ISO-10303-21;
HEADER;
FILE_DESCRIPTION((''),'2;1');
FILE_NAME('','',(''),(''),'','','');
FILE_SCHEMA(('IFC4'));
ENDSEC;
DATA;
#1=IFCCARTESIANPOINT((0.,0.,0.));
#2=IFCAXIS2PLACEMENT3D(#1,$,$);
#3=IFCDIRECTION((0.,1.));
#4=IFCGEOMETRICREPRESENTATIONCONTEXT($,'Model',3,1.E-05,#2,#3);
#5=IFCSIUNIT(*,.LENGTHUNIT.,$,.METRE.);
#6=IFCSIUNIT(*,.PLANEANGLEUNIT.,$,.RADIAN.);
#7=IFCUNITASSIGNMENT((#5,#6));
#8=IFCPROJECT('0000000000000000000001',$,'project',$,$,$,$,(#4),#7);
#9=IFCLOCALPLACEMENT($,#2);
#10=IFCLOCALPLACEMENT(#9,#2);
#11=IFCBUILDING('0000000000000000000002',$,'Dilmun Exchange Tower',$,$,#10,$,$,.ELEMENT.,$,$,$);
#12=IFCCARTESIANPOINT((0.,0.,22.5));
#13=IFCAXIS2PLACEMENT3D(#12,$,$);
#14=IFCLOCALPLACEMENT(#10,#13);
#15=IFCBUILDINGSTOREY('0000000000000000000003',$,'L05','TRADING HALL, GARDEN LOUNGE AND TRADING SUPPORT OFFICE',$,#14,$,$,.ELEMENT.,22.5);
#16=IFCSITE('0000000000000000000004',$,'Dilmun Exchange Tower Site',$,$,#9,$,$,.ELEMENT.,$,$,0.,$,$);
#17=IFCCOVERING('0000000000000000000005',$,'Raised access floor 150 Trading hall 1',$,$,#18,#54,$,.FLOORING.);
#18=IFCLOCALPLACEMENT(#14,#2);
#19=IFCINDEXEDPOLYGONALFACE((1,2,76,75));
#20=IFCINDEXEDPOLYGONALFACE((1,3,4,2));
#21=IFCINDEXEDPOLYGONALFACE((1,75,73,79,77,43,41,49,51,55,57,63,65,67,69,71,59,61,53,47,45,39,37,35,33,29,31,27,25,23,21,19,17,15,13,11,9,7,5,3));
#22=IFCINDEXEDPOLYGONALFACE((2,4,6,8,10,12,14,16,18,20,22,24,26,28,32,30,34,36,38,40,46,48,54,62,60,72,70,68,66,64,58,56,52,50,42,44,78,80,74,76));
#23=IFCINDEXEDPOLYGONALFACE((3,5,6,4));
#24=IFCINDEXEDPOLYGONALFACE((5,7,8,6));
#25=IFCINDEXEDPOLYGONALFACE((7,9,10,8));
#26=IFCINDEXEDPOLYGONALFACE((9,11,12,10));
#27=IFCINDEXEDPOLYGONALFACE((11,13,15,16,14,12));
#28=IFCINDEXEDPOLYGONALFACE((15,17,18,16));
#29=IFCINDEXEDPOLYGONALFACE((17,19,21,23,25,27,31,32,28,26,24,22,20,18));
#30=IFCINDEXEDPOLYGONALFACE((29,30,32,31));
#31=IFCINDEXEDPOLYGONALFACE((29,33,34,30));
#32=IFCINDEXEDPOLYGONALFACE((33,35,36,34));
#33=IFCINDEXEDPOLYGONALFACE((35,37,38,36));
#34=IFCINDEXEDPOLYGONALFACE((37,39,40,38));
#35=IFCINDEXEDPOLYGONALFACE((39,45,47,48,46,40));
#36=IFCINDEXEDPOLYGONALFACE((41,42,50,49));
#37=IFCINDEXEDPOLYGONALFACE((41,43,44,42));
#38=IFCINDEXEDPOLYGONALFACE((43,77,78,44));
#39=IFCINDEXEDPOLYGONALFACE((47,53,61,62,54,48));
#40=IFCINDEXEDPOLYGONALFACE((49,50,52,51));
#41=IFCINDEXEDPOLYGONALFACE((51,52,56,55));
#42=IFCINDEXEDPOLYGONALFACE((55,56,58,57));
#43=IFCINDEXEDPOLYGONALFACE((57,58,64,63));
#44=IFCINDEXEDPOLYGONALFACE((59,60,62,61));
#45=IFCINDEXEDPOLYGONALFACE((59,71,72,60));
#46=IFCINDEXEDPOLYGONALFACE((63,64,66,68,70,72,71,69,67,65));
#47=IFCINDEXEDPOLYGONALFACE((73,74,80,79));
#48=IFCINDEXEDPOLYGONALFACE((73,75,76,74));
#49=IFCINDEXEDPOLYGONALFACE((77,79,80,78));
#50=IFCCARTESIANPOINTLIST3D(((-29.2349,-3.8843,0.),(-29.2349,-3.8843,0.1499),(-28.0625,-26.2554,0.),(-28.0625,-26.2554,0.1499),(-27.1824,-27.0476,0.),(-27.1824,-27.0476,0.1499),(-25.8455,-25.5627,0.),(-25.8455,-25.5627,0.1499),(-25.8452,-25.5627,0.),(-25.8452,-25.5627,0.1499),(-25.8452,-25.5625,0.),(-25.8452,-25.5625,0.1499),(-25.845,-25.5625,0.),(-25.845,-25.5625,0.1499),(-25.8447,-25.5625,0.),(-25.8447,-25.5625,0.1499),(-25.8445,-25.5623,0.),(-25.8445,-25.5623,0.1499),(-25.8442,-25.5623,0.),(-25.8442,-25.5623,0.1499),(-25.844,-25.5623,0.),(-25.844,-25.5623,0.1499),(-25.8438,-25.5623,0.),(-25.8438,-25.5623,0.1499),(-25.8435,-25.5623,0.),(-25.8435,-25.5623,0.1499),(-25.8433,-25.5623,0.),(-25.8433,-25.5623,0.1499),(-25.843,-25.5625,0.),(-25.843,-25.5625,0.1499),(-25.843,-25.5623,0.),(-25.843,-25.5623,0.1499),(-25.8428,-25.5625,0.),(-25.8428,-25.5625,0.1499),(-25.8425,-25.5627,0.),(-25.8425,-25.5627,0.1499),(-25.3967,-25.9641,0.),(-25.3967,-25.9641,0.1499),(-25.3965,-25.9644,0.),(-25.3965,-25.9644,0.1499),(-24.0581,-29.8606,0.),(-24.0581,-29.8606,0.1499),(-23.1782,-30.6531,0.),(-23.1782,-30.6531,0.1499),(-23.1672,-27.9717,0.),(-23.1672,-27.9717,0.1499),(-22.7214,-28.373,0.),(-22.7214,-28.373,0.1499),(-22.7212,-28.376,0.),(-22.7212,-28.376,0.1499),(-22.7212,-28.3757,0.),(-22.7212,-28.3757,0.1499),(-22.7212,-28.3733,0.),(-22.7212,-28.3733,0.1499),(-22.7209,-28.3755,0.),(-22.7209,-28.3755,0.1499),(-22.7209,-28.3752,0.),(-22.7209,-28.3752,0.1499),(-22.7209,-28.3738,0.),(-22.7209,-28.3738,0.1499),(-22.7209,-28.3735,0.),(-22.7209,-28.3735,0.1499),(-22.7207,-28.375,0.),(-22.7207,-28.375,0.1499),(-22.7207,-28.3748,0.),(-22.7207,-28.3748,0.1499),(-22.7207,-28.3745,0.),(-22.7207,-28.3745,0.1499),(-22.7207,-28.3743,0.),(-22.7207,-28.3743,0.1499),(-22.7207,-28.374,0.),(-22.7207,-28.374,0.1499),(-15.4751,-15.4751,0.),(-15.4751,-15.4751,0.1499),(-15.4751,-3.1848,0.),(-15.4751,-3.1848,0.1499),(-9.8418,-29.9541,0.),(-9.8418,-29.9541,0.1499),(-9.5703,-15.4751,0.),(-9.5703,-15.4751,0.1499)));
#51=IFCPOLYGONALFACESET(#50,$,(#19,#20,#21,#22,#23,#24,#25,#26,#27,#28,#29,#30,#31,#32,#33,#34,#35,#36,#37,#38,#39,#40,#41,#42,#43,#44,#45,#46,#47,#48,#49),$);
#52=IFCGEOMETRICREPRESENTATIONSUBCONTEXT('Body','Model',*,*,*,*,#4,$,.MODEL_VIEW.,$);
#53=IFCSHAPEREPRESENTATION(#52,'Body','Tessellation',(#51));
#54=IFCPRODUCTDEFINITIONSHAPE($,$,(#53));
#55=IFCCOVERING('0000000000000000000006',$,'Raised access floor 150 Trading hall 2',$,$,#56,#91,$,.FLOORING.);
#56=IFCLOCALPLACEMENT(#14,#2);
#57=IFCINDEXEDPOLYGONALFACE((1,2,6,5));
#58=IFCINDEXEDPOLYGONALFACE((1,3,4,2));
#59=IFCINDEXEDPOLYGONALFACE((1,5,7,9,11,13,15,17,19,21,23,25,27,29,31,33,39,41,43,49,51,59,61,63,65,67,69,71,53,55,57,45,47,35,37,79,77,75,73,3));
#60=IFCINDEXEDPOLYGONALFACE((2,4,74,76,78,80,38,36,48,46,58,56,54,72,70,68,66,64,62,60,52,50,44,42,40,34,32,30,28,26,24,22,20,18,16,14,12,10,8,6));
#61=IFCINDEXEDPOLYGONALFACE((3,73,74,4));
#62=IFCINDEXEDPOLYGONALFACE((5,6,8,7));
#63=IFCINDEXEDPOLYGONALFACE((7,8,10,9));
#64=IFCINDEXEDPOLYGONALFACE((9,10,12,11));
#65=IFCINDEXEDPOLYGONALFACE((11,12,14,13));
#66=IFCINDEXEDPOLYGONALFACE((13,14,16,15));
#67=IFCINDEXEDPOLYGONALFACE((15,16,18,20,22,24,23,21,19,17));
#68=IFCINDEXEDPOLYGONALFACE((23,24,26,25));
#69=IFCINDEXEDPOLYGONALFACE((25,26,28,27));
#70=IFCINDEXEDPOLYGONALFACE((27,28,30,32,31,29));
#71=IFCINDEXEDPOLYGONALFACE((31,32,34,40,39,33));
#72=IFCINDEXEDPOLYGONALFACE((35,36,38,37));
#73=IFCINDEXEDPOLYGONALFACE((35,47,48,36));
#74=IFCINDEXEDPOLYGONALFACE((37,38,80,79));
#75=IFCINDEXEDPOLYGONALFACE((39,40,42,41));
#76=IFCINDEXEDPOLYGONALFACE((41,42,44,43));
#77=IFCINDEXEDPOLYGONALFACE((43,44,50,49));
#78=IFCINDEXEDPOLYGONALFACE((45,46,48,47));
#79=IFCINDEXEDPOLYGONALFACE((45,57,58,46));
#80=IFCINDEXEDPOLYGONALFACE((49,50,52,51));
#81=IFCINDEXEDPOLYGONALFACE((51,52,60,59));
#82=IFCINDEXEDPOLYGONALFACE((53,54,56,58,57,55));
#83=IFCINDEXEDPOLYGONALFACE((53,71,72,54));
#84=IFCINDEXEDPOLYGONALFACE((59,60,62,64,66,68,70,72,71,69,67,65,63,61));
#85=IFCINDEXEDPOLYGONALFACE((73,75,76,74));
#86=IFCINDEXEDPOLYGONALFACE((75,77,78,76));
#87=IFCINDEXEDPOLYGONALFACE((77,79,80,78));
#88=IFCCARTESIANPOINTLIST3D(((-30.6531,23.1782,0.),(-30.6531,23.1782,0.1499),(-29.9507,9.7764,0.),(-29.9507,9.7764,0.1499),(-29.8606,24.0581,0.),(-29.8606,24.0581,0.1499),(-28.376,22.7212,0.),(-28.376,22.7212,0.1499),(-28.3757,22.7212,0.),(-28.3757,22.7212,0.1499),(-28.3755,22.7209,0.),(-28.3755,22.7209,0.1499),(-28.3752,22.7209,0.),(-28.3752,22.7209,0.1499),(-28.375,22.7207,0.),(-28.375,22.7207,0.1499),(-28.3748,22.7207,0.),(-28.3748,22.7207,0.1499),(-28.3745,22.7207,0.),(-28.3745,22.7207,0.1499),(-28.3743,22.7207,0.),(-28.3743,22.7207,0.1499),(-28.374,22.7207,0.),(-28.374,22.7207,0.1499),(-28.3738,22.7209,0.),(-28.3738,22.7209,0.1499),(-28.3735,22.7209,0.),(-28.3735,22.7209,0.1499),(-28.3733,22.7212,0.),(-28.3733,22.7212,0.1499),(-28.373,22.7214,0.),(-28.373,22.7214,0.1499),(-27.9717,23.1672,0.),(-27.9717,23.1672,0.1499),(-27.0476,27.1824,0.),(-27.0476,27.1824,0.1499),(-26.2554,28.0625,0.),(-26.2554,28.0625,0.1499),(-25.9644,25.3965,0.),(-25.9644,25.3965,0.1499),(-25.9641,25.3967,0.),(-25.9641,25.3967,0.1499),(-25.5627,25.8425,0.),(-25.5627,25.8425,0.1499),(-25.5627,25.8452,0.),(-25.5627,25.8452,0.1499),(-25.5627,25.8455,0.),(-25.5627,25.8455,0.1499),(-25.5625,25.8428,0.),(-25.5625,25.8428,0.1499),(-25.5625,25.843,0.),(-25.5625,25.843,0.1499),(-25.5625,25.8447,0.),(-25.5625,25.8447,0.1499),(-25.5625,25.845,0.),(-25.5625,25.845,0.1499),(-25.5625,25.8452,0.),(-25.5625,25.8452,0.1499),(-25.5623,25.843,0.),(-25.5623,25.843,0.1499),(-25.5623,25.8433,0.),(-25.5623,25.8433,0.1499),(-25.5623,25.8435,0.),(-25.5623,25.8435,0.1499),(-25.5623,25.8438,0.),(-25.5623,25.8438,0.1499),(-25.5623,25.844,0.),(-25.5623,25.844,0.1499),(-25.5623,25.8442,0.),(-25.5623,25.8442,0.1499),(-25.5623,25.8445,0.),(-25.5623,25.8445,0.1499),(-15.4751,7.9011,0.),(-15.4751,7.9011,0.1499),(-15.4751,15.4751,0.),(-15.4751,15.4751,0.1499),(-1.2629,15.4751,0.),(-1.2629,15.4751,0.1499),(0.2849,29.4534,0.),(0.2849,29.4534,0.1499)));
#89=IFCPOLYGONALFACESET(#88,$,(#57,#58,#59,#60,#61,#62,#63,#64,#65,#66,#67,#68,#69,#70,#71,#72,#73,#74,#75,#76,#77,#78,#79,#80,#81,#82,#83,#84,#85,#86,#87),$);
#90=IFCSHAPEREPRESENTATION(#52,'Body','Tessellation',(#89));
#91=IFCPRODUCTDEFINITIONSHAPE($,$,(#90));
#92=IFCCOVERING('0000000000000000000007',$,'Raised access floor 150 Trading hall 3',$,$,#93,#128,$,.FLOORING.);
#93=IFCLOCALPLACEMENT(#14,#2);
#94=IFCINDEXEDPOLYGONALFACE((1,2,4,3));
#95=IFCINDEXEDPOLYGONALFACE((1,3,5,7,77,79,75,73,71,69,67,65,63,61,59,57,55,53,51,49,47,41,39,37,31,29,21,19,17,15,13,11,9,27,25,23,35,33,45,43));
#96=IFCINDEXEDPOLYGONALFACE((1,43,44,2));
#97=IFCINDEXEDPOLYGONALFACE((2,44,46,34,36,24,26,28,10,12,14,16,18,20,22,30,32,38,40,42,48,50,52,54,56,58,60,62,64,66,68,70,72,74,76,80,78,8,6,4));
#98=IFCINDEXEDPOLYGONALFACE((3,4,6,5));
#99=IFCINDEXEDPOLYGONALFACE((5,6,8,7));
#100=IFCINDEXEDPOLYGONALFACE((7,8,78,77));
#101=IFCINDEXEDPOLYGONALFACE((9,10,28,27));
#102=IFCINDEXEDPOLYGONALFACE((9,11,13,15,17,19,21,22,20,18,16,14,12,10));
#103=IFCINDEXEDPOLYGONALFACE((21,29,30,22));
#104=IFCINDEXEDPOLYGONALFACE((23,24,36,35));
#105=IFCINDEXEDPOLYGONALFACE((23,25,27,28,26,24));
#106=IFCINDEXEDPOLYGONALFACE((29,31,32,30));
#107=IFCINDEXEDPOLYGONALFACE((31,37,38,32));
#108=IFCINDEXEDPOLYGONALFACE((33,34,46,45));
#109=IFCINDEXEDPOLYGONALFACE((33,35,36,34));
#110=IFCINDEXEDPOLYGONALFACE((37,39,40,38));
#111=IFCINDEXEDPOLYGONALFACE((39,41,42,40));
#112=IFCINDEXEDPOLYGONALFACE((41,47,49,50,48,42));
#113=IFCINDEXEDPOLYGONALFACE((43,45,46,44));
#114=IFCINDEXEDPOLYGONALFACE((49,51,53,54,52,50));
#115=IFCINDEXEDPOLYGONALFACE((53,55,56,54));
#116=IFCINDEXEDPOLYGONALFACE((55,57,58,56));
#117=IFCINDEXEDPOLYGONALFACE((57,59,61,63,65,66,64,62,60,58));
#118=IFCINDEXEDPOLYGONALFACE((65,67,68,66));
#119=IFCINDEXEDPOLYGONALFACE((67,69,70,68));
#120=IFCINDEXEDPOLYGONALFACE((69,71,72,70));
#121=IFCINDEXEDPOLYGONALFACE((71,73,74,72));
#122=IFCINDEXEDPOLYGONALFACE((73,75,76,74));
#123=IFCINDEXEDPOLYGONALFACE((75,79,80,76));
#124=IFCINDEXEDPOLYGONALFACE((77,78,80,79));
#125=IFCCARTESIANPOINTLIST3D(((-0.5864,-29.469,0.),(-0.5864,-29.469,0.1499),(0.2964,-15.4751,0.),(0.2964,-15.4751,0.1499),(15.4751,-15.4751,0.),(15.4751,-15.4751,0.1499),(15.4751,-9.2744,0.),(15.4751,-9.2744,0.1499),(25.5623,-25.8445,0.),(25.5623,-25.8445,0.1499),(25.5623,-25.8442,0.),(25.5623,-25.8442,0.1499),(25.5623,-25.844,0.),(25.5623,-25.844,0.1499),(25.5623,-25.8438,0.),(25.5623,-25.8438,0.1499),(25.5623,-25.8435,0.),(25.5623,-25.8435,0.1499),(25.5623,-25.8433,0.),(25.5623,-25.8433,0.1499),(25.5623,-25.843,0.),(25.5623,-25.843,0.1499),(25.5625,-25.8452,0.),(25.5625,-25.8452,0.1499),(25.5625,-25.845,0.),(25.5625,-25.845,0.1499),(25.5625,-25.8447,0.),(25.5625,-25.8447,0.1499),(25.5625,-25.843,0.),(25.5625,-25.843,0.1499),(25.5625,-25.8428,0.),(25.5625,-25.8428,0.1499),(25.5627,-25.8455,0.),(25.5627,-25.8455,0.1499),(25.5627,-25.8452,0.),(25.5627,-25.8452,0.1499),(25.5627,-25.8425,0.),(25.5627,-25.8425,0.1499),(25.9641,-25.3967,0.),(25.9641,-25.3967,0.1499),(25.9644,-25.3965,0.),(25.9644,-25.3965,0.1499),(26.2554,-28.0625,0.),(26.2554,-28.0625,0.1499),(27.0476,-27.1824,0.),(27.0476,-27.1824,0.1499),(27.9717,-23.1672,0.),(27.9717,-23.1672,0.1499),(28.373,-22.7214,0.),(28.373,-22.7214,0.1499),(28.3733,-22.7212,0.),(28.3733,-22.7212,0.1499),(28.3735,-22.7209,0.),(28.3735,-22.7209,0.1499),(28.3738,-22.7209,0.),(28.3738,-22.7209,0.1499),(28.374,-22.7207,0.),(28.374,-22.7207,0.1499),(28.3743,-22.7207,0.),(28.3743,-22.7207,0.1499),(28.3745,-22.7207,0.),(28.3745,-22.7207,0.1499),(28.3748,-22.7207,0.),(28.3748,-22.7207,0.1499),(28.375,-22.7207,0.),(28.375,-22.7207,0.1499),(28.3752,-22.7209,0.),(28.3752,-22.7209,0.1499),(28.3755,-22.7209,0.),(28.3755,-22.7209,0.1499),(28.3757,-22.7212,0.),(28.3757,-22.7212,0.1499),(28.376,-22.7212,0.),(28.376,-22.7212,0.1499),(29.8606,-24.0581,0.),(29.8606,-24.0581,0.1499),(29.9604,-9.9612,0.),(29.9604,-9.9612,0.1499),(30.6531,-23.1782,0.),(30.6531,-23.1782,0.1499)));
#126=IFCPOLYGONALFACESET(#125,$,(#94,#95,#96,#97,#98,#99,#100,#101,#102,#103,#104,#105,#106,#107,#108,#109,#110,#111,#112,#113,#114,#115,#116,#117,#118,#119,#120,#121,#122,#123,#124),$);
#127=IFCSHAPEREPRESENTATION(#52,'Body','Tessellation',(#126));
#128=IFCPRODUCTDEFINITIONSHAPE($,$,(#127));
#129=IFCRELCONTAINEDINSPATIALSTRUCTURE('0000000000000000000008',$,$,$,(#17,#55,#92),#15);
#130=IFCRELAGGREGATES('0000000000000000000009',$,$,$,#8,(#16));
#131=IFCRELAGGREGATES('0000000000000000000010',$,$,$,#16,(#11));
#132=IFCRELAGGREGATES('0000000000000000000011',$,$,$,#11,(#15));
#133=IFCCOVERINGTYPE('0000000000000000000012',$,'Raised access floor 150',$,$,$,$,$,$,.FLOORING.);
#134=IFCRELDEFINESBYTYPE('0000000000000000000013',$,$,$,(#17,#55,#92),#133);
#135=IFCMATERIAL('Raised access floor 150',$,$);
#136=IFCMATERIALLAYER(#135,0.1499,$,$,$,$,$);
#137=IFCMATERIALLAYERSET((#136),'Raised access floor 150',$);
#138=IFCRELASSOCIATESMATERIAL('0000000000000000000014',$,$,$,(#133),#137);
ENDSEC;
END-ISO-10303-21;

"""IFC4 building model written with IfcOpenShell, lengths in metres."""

from ifc_helpers import new_model, si_unit, direction, frame, origin, place, context, subcontext, project, spatial, polyline, outline, extrude, material, layer, layer_set, type_object, element, save


model = new_model("IFC4")

# Units and contexts
model_context = context("Model", 3, precision=1e-05, world=origin(), true_north=direction((0.0, 1.0)))
body_context = subcontext(model_context, "Body", "Model", "MODEL_VIEW")
ifc_project = project(units=[si_unit("LENGTHUNIT", "METRE"), si_unit("PLANEANGLEUNIT", "RADIAN")], contexts=[model_context])

# Site, building, storey
site_placement = place(None, origin())
site = spatial("IfcSite", under=ifc_project, at=site_placement, Name="Dilmun Exchange Tower Site", CompositionType="ELEMENT", RefElevation=0.0)
building_placement = place(site_placement, origin())
building = spatial("IfcBuilding", under=site, at=building_placement, Name="Dilmun Exchange Tower", CompositionType="ELEMENT")
storey_placement = place(building_placement, frame((0.0, 0.0, 22.5)))
storey = spatial("IfcBuildingStorey", under=building, at=storey_placement, Name="L05", Description="TRADING HALL, GARDEN LOUNGE AND TRADING SUPPORT OFFICE", CompositionType="ELEMENT", Elevation=22.5)

# Coverings
ifc_material_1 = material(Name="Raised access floor 150")
ifc_layer_1 = layer(ifc_material_1, 0.1499)
ifc_layer_set_1 = layer_set([ifc_layer_1], Name="Raised access floor 150")
covering_type_1 = type_object("IfcCoveringType", Name="Raised access floor 150", PredefinedType="FLOORING", material=ifc_layer_set_1)
covering_1_placement = place(storey_placement, origin())
element("IfcCovering", 1, at=covering_1_placement, inside=storey, type_object=covering_type_1, Name="Raised access floor 150 Trading hall 1", PredefinedType="FLOORING", context=body_context, shape_type="SweptSolid", body=[
    extrude(outline(polyline([(-15.4751, -3.1848), (-15.4751, -15.4751), (-9.5703, -15.4751), (-9.8418, -29.9541), (-23.1782, -30.6531), (-24.0581, -29.8606), (-22.7212, -28.376), (-22.7212, -28.3757), (-22.7209, -28.3755), (-22.7209, -28.3755), (-22.7209, -28.3752), (-22.7207, -28.375), (-22.7207, -28.3748), (-22.7207, -28.3745), (-22.7207, -28.3745), (-22.7207, -28.3743), (-22.7207, -28.374), (-22.7209, -28.3738), (-22.7209, -28.3738), (-22.7209, -28.3735), (-22.7212, -28.3733), (-22.7212, -28.3733), (-22.7214, -28.373), (-23.1672, -27.9717), (-23.1672, -27.9717), (-23.1672, -27.9717), (-25.3965, -25.9644), (-25.3965, -25.9644), (-25.3967, -25.9641), (-25.8425, -25.5627), (-25.8428, -25.5625), (-25.843, -25.5625), (-25.843, -25.5623), (-25.8433, -25.5623), (-25.8435, -25.5623), (-25.8438, -25.5623), (-25.8438, -25.5623), (-25.844, -25.5623), (-25.8442, -25.5623), (-25.8445, -25.5623), (-25.8445, -25.5623), (-25.8447, -25.5625), (-25.845, -25.5625), (-25.8452, -25.5625), (-25.8452, -25.5627), (-25.8455, -25.5627), (-27.1824, -27.0476), (-28.0625, -26.2554), (-29.2349, -3.8843), (-15.4751, -3.1848)])), origin(), (0.0, 0.0, 1.0), 0.1499),
])
covering_2_placement = place(storey_placement, origin())
element("IfcCovering", 2, at=covering_2_placement, inside=storey, type_object=covering_type_1, Name="Raised access floor 150 Trading hall 2", PredefinedType="FLOORING", context=body_context, shape_type="SweptSolid", body=[
    extrude(outline(polyline([(-1.2629, 15.4751), (-15.4751, 15.4751), (-15.4751, 7.9011), (-29.9507, 9.7764), (-30.6531, 23.1782), (-29.8606, 24.0581), (-28.376, 22.7212), (-28.3757, 22.7212), (-28.3755, 22.7209), (-28.3755, 22.7209), (-28.3752, 22.7209), (-28.375, 22.7207), (-28.3748, 22.7207), (-28.3745, 22.7207), (-28.3745, 22.7207), (-28.3743, 22.7207), (-28.374, 22.7207), (-28.3738, 22.7209), (-28.3738, 22.7209), (-28.3735, 22.7209), (-28.3733, 22.7212), (-28.3733, 22.7212), (-28.373, 22.7214), (-27.9717, 23.1672), (-27.9717, 23.1672), (-27.9717, 23.1672), (-25.9644, 25.3965), (-25.9644, 25.3965), (-25.9641, 25.3967), (-25.5627, 25.8425), (-25.5625, 25.8428), (-25.5625, 25.843), (-25.5623, 25.843), (-25.5623, 25.8433), (-25.5623, 25.8435), (-25.5623, 25.8438), (-25.5623, 25.8438), (-25.5623, 25.844), (-25.5623, 25.8442), (-25.5623, 25.8445), (-25.5623, 25.8445), (-25.5625, 25.8447), (-25.5625, 25.845), (-25.5625, 25.8452), (-25.5627, 25.8452), (-25.5627, 25.8455), (-27.0476, 27.1824), (-26.2554, 28.0625), (0.2849, 29.4534), (-1.2629, 15.4751)])), origin(), (0.0, 0.0, 1.0), 0.1499),
])
covering_3_placement = place(storey_placement, origin())
element("IfcCovering", 3, at=covering_3_placement, inside=storey, type_object=covering_type_1, Name="Raised access floor 150 Trading hall 3", PredefinedType="FLOORING", context=body_context, shape_type="SweptSolid", body=[
    extrude(outline(polyline([(0.2964, -15.4751), (15.4751, -15.4751), (15.4751, -9.2744), (29.9604, -9.9612), (30.6531, -23.1782), (29.8606, -24.0581), (28.376, -22.7212), (28.3757, -22.7212), (28.3755, -22.7209), (28.3755, -22.7209), (28.3752, -22.7209), (28.375, -22.7207), (28.3748, -22.7207), (28.3745, -22.7207), (28.3745, -22.7207), (28.3743, -22.7207), (28.374, -22.7207), (28.3738, -22.7209), (28.3738, -22.7209), (28.3735, -22.7209), (28.3733, -22.7212), (28.3733, -22.7212), (28.373, -22.7214), (27.9717, -23.1672), (27.9717, -23.1672), (27.9717, -23.1672), (25.9644, -25.3965), (25.9644, -25.3965), (25.9641, -25.3967), (25.5627, -25.8425), (25.5625, -25.8428), (25.5625, -25.843), (25.5623, -25.843), (25.5623, -25.8433), (25.5623, -25.8435), (25.5623, -25.8438), (25.5623, -25.8438), (25.5623, -25.844), (25.5623, -25.8442), (25.5623, -25.8445), (25.5623, -25.8445), (25.5625, -25.8447), (25.5625, -25.845), (25.5625, -25.8452), (25.5627, -25.8452), (25.5627, -25.8455), (27.0476, -27.1824), (26.2554, -28.0625), (-0.5864, -29.469), (0.2964, -15.4751)])), origin(), (0.0, 0.0, 1.0), 0.1499),
])

save(model, "model.ifc")
